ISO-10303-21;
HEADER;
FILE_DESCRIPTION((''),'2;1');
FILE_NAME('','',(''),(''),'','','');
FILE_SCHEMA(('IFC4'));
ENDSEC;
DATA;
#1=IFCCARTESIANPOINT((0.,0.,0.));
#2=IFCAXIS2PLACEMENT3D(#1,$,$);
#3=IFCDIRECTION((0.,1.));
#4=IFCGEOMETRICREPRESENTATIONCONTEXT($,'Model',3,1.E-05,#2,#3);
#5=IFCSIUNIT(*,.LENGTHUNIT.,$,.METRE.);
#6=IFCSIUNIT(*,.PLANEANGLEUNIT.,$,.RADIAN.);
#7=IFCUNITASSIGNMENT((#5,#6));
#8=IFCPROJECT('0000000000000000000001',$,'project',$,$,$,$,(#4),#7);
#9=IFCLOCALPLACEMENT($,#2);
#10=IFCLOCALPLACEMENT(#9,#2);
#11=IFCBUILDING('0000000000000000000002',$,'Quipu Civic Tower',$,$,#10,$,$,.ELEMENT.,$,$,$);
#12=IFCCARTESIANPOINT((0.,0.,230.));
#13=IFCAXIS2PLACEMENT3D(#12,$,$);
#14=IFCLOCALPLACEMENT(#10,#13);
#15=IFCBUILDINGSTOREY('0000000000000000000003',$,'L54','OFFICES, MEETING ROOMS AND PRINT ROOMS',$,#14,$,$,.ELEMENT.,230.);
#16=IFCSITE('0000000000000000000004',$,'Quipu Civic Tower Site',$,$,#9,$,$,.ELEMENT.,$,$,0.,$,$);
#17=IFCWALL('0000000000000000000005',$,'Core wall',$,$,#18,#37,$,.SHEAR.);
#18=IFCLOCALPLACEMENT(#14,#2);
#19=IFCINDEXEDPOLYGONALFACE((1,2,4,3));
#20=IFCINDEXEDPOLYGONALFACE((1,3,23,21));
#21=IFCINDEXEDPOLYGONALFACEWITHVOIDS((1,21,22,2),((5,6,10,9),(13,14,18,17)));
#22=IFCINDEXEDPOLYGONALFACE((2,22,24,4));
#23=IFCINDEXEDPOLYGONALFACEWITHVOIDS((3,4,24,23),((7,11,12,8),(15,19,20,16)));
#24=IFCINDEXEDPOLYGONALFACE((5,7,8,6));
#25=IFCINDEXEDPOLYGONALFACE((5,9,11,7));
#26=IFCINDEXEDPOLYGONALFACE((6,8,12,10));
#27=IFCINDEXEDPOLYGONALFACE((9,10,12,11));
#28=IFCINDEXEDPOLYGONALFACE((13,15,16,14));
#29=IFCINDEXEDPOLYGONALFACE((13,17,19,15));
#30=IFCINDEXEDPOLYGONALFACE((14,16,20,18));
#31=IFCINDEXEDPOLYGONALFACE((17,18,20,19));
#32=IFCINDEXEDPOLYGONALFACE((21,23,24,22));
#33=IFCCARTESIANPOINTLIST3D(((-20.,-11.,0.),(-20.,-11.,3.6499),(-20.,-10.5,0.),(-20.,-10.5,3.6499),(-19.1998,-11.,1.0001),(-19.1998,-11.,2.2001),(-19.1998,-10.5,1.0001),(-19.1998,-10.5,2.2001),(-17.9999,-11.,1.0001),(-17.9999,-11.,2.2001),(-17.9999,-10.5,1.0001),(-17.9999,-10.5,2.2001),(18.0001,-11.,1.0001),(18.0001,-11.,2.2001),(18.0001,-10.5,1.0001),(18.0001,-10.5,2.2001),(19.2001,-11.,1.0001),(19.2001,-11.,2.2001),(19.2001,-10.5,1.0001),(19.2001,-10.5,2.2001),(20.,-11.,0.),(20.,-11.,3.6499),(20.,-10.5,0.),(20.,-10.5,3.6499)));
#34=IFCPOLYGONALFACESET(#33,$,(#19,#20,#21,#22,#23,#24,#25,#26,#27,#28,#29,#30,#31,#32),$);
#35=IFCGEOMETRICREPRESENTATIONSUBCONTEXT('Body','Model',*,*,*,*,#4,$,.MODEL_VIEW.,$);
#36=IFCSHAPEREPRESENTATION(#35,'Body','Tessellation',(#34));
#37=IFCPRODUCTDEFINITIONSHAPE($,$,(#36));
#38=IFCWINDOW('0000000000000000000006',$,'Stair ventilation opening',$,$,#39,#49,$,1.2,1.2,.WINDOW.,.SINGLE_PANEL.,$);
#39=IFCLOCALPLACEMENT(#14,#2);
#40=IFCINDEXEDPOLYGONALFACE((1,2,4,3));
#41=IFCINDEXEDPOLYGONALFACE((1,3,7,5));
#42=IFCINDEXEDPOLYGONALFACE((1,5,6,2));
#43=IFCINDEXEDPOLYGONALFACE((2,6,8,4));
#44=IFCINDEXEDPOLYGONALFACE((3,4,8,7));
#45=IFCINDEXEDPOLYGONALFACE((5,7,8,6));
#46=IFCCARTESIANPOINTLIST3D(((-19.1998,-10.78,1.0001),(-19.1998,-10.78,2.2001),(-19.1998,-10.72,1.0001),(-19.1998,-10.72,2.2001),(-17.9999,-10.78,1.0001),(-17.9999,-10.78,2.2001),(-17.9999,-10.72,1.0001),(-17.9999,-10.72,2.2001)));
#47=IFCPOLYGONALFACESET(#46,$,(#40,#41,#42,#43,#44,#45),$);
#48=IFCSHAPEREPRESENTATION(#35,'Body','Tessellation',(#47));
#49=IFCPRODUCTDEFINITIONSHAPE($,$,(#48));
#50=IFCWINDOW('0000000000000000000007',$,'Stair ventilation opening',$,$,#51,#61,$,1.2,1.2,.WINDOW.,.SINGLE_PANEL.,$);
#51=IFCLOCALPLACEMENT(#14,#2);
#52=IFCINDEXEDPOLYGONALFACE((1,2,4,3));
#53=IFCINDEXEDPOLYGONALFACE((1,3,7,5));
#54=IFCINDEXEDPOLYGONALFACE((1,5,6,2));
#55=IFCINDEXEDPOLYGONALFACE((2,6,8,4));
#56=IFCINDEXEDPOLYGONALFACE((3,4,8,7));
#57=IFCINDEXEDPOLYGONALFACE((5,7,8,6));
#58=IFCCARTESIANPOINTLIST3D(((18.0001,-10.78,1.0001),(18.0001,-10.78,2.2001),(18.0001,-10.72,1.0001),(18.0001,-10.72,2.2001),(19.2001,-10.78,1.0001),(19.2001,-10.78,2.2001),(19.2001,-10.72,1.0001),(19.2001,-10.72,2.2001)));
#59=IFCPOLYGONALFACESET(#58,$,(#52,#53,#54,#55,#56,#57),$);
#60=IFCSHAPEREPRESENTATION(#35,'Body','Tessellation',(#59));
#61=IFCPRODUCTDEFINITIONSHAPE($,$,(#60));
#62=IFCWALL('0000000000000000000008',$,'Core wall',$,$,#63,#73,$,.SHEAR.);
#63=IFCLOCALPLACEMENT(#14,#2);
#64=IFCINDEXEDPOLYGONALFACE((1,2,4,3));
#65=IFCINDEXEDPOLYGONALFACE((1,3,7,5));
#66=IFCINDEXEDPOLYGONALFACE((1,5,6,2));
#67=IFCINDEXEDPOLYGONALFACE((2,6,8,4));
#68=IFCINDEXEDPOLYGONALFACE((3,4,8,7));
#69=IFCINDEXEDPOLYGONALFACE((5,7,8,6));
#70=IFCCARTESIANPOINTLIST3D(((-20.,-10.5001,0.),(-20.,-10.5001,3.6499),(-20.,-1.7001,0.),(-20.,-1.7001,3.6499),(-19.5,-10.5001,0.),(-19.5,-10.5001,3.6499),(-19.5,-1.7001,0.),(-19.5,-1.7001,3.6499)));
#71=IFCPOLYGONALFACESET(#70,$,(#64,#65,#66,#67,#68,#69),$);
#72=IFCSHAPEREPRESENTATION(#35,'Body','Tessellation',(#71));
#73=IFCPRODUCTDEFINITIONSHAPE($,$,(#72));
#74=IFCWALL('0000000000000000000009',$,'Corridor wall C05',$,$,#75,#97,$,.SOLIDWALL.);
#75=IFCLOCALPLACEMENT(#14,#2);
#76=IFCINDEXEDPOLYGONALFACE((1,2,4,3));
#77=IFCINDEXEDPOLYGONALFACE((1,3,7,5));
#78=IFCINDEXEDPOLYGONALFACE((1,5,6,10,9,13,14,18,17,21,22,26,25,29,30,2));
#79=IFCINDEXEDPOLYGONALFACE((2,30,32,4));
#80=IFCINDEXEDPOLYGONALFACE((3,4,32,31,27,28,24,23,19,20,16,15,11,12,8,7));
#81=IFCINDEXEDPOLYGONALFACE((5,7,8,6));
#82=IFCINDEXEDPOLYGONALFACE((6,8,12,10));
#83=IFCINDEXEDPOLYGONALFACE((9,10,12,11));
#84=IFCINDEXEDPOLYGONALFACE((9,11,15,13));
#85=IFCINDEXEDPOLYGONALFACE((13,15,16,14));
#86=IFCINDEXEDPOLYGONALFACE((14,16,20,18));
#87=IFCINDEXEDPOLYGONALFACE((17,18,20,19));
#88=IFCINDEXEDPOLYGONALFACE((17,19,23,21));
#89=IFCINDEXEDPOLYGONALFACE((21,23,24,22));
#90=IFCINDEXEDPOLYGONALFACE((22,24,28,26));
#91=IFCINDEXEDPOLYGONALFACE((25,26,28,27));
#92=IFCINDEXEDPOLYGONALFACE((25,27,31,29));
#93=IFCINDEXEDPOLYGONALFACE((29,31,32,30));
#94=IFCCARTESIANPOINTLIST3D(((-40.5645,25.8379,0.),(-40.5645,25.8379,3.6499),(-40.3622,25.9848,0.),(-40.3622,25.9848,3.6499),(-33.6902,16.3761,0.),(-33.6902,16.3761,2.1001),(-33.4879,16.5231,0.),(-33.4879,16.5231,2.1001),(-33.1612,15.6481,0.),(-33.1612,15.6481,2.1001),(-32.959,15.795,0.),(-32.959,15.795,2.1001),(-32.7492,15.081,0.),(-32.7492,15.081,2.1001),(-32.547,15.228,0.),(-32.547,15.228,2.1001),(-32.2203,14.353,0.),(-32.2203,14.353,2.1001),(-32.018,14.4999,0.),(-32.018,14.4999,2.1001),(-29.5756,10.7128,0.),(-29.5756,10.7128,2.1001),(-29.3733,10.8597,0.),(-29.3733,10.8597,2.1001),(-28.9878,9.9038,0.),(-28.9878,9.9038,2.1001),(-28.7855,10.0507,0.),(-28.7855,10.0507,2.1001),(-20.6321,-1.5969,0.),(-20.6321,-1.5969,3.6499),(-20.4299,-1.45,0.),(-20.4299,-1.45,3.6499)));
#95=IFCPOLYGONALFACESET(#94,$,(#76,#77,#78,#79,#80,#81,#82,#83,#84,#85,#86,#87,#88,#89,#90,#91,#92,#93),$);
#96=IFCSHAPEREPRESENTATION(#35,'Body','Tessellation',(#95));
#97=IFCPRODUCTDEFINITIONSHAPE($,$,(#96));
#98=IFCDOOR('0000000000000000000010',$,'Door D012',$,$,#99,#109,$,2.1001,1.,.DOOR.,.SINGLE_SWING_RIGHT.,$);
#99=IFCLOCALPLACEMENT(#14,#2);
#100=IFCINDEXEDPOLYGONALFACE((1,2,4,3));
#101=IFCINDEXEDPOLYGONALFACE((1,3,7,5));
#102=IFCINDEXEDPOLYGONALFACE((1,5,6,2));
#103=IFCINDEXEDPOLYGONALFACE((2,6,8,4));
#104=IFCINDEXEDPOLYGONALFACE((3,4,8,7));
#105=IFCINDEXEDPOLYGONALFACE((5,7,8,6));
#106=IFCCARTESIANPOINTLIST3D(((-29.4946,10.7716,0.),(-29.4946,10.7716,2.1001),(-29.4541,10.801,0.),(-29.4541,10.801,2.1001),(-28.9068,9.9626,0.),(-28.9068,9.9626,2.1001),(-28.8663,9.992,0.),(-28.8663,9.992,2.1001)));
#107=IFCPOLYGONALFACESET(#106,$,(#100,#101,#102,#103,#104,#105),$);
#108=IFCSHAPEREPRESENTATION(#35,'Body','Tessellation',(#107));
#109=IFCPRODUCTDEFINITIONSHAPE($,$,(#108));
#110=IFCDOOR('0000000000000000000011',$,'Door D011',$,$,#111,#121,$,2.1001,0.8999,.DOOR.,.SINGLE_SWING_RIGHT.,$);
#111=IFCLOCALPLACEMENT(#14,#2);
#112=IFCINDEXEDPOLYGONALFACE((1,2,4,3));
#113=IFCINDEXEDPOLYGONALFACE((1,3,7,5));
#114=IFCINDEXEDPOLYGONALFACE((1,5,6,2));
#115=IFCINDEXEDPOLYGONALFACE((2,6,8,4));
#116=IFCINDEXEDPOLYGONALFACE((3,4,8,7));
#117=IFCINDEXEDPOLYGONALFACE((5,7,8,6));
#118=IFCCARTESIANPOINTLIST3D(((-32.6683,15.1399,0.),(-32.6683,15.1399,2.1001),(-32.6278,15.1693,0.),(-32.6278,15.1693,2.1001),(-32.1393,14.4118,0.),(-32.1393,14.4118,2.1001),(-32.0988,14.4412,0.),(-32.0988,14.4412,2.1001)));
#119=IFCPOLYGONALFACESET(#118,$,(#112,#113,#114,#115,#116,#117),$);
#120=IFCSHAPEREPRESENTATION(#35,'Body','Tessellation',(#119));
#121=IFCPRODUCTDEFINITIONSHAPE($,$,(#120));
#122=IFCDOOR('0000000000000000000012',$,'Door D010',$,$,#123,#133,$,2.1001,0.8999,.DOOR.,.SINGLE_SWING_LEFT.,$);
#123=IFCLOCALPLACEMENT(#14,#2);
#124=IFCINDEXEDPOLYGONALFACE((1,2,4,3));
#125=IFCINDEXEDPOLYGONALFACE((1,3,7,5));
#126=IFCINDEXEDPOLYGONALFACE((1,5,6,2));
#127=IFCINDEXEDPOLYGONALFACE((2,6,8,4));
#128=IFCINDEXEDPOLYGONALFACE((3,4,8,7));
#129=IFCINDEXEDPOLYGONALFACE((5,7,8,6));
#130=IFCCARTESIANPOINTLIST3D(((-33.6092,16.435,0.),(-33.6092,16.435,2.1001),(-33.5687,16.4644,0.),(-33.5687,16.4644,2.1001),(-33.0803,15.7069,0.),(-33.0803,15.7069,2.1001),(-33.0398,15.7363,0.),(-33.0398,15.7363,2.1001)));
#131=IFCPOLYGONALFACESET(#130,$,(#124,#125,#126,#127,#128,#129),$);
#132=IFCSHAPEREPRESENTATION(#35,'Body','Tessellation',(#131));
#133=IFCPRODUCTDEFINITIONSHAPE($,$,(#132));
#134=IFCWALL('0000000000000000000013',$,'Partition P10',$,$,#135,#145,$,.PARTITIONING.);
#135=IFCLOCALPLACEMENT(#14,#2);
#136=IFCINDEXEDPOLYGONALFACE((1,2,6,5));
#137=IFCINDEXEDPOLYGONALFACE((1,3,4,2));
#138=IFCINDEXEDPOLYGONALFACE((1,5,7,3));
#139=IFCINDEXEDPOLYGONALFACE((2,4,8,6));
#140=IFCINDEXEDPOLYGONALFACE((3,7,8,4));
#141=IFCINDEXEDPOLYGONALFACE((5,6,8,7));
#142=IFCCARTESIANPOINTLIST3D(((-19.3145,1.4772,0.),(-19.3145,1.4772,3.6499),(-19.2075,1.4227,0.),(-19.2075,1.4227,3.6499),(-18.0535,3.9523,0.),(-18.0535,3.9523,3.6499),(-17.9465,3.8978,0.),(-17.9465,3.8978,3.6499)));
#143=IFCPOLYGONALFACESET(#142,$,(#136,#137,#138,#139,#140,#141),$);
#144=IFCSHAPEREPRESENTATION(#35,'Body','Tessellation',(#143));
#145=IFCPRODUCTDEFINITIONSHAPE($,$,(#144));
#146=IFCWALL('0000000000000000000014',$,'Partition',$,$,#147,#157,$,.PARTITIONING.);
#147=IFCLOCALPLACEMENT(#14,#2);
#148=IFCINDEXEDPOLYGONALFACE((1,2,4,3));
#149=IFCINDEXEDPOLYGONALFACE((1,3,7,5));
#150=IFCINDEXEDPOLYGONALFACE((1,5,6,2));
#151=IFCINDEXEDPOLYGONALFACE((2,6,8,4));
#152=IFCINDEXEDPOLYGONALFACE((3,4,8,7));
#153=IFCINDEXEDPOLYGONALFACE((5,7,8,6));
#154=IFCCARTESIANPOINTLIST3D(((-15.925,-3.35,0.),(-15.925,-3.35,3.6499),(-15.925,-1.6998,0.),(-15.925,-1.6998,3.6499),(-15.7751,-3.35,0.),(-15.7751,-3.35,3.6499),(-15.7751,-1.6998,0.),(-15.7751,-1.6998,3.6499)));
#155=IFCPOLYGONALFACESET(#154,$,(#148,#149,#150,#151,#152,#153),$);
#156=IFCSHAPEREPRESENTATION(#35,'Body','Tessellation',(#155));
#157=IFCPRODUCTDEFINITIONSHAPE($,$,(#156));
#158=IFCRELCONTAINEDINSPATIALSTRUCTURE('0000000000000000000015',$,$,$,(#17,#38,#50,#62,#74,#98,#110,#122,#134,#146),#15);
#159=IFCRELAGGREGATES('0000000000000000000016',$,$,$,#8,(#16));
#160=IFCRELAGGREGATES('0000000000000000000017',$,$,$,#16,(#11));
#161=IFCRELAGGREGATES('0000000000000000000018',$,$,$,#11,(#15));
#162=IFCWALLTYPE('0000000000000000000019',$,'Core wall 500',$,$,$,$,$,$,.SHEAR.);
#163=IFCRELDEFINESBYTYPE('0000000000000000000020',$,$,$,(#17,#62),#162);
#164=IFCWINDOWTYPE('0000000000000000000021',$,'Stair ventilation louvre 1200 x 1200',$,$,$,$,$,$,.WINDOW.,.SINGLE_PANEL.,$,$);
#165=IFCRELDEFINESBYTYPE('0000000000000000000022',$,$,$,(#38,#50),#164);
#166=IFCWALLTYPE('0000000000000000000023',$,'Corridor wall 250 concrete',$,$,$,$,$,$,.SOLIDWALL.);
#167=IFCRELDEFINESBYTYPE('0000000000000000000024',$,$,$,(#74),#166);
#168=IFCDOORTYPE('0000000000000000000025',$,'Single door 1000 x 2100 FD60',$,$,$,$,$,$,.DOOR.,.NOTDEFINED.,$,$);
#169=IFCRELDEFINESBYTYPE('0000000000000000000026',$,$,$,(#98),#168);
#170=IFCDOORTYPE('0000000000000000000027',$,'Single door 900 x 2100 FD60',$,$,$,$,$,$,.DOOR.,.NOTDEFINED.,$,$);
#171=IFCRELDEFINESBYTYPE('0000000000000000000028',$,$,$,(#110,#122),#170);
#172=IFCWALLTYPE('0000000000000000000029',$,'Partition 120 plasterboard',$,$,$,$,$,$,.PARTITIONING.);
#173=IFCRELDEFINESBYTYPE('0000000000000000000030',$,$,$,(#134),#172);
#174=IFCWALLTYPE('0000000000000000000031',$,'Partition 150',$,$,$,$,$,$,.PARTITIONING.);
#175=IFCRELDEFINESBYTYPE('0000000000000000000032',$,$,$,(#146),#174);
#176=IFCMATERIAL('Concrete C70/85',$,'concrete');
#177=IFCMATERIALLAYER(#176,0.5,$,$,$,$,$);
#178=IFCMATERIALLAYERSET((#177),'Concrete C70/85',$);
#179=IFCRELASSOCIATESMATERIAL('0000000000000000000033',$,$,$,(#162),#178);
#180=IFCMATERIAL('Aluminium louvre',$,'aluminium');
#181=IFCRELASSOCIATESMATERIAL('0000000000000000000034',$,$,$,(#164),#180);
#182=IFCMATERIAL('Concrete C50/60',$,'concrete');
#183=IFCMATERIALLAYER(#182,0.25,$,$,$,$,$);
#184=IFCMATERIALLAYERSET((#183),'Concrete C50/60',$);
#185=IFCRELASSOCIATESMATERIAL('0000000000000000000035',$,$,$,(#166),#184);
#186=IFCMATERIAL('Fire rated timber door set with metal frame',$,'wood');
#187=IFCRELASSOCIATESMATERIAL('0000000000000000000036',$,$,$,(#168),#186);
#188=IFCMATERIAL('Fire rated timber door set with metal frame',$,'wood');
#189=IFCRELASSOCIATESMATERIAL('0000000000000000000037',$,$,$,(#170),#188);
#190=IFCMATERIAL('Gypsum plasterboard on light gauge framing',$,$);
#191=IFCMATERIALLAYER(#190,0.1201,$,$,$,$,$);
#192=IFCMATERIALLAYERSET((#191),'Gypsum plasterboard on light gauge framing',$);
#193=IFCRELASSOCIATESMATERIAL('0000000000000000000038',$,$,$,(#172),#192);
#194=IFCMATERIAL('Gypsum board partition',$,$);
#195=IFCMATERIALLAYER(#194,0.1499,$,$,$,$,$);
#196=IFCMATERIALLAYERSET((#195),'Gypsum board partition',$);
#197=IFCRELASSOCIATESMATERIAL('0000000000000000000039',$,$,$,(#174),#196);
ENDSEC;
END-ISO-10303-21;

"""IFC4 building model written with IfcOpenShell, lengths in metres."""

from ifc_helpers import new_model, si_unit, direction, frame, frame_2d, origin, place, context, subcontext, project, spatial, rectangle, extrude, material, layer, layer_set, type_object, element, fill, save


model = new_model("IFC4")

# Units and contexts
model_context = context("Model", 3, precision=1e-05, world=origin(), true_north=direction((0.0, 1.0)))
body_context = subcontext(model_context, "Body", "Model", "MODEL_VIEW")
ifc_project = project(units=[si_unit("LENGTHUNIT", "METRE"), si_unit("PLANEANGLEUNIT", "RADIAN")], contexts=[model_context])

# Site, building, storey
site_placement = place(None, origin())
site = spatial("IfcSite", under=ifc_project, at=site_placement, Name="Quipu Civic Tower Site", CompositionType="ELEMENT", RefElevation=0.0)
building_placement = place(site_placement, origin())
building = spatial("IfcBuilding", under=site, at=building_placement, Name="Quipu Civic Tower", CompositionType="ELEMENT")
storey_placement = place(building_placement, frame((0.0, 0.0, 230.0)))
storey = spatial("IfcBuildingStorey", under=building, at=storey_placement, Name="L54", Description="OFFICES, MEETING ROOMS AND PRINT ROOMS", CompositionType="ELEMENT", Elevation=230.0)

# Wall, openings, windows
ifc_material_1 = material(Name="Concrete C70/85", Category="concrete")
ifc_layer_1 = layer(ifc_material_1, 0.5)
ifc_layer_set_1 = layer_set([ifc_layer_1], Name="Concrete C70/85")
wall_type_1 = type_object("IfcWallType", Name="Core wall 500", PredefinedType="SHEAR", material=ifc_layer_set_1)
wall_1_placement = place(storey_placement, frame((-20.0, -10.75, 0.0), z_axis=(0.0, 0.0, 1.0), x_axis=(1.0, 0.0, 0.0)))
wall_1 = element("IfcWall", 1, at=wall_1_placement, inside=storey, type_object=wall_type_1, Name="Core wall", PredefinedType="SHEAR", context=body_context, shape_type="SweptSolid", body=[
    extrude(rectangle(XDim=40.0, YDim=0.5, at=frame_2d((20.0, 0.0))), origin(), (0.0, 0.0, 1.0), 3.6499),
])
opening_1_placement = place(wall_1_placement, frame((0.8, 0.0, 1.0)))
opening_1 = element("IfcOpeningElement", 2, at=opening_1_placement, cuts=wall_1, PredefinedType="OPENING", context=body_context, shape_type="SweptSolid", body=[
    extrude(rectangle(XDim=1.2, YDim=1.2, at=frame_2d((0.6001, 0.6001))), frame((0.0, 0.26, 0.0), z_axis=(0.0, -1.0, 0.0), x_axis=(1.0, 0.0, 0.0)), (0.0, 0.0, 1.0), 0.52),
])
opening_2_placement = place(wall_1_placement, frame((38.0, 0.0, 1.0)))
opening_2 = element("IfcOpeningElement", 3, at=opening_2_placement, cuts=wall_1, PredefinedType="OPENING", context=body_context, shape_type="SweptSolid", body=[
    extrude(rectangle(XDim=1.2, YDim=1.2, at=frame_2d((0.6001, 0.6001))), frame((0.0, 0.26, 0.0), z_axis=(0.0, -1.0, 0.0), x_axis=(1.0, 0.0, 0.0)), (0.0, 0.0, 1.0), 0.52),
])
ifc_material_2 = material(Name="Aluminium louvre", Category="aluminium")
window_type = type_object("IfcWindowType", Name="Stair ventilation louvre 1200 x 1200", PartitioningType="SINGLE_PANEL", PredefinedType="WINDOW", material=ifc_material_2)
window_1_placement = place(opening_1_placement, origin())
window_1 = element("IfcWindow", 4, at=window_1_placement, inside=storey, type_object=window_type, Name="Stair ventilation opening", OverallHeight=1.2, OverallWidth=1.2, PartitioningType="SINGLE_PANEL", PredefinedType="WINDOW", context=body_context, shape_type="SweptSolid", body=[
    extrude(rectangle(XDim=1.2, YDim=1.2, at=frame_2d((0.6001, 0.6001))), frame((0.0, 0.03, 0.0), z_axis=(0.0, -1.0, 0.0), x_axis=(1.0, 0.0, 0.0)), (0.0, 0.0, 1.0), 0.0601),
])
fill(opening_1, window_1)
window_2_placement = place(opening_2_placement, origin())
window_2 = element("IfcWindow", 5, at=window_2_placement, inside=storey, type_object=window_type, Name="Stair ventilation opening", OverallHeight=1.2, OverallWidth=1.2, PartitioningType="SINGLE_PANEL", PredefinedType="WINDOW", context=body_context, shape_type="SweptSolid", body=[
    extrude(rectangle(XDim=1.2, YDim=1.2, at=frame_2d((0.6001, 0.6001))), frame((0.0, 0.03, 0.0), z_axis=(0.0, -1.0, 0.0), x_axis=(1.0, 0.0, 0.0)), (0.0, 0.0, 1.0), 0.0601),
])
fill(opening_2, window_2)

# Wall
wall_2_placement = place(storey_placement, frame((-19.75, -10.5, 0.0), z_axis=(0.0, 0.0, 1.0), x_axis=(0.0, 1.0, 0.0)))
element("IfcWall", 6, at=wall_2_placement, inside=storey, type_object=wall_type_1, Name="Core wall", PredefinedType="SHEAR", context=body_context, shape_type="SweptSolid", body=[
    extrude(rectangle(XDim=8.8, YDim=0.5, at=frame_2d((4.3999, 0.0))), origin(), (0.0, 0.0, 1.0), 3.6499),
])

# Wall, openings, doors
ifc_material_3 = material(Name="Concrete C50/60", Category="concrete")
ifc_layer_2 = layer(ifc_material_3, 0.25)
ifc_layer_set_2 = layer_set([ifc_layer_2], Name="Concrete C50/60")
wall_type_2 = type_object("IfcWallType", Name="Corridor wall 250 concrete", PredefinedType="SOLIDWALL", material=ifc_layer_set_2)
wall_3_placement = place(storey_placement, frame((-20.531, -1.5234, 0.0), z_axis=(0.0, 0.0, 1.0), x_axis=(-0.587782, 0.80902, 0.0)))
wall_3 = element("IfcWall", 7, at=wall_3_placement, inside=storey, type_object=wall_type_2, Name="Corridor wall C05", PredefinedType="SOLIDWALL", context=body_context, shape_type="SweptSolid", body=[
    extrude(rectangle(XDim=33.9111, YDim=0.25, at=frame_2d((16.9556, 0.0))), origin(), (0.0, 0.0, 1.0), 3.6499),
])
opening_3_placement = place(wall_3_placement, frame((14.2156, 0.0, 0.0)))
opening_3 = element("IfcOpeningElement", 8, at=opening_3_placement, cuts=wall_3, PredefinedType="OPENING", context=body_context, shape_type="SweptSolid", body=[
    extrude(rectangle(XDim=1.0, YDim=2.1001, at=frame_2d((0.5, 1.05))), frame((0.0, 0.135, 0.0), z_axis=(0.0, -1.0, 0.0), x_axis=(1.0, 0.0, 0.0)), (0.0, 0.0, 1.0), 0.27),
])
opening_4_placement = place(wall_3_placement, frame((19.7151, 0.0, 0.0)))
opening_4 = element("IfcOpeningElement", 9, at=opening_4_placement, cuts=wall_3, PredefinedType="OPENING", context=body_context, shape_type="SweptSolid", body=[
    extrude(rectangle(XDim=0.8999, YDim=2.1001, at=frame_2d((0.45, 1.05))), frame((0.0, 0.135, 0.0), z_axis=(0.0, -1.0, 0.0), x_axis=(1.0, 0.0, 0.0)), (0.0, 0.0, 1.0), 0.27),
])
opening_5_placement = place(wall_3_placement, frame((21.3159, 0.0, 0.0)))
opening_5 = element("IfcOpeningElement", 10, at=opening_5_placement, cuts=wall_3, PredefinedType="OPENING", context=body_context, shape_type="SweptSolid", body=[
    extrude(rectangle(XDim=0.8999, YDim=2.1001, at=frame_2d((0.45, 1.05))), frame((0.0, 0.135, 0.0), z_axis=(0.0, -1.0, 0.0), x_axis=(1.0, 0.0, 0.0)), (0.0, 0.0, 1.0), 0.27),
])
ifc_material_4 = material(Name="Fire rated timber door set with metal frame", Category="wood")
door_type_1 = type_object("IfcDoorType", Name="Single door 1000 x 2100 FD60", OperationType="NOTDEFINED", PredefinedType="DOOR", material=ifc_material_4)
door_1_placement = place(opening_3_placement, origin())
door_1 = element("IfcDoor", 11, at=door_1_placement, inside=storey, type_object=door_type_1, Name="Door D012", OperationType="SINGLE_SWING_RIGHT", OverallHeight=2.1001, OverallWidth=1.0, PredefinedType="DOOR", context=body_context, shape_type="SweptSolid", body=[
    extrude(rectangle(XDim=1.0, YDim=2.1001, at=frame_2d((0.5, 1.05))), frame((0.0, 0.0249, 0.0), z_axis=(0.0, -1.0, 0.0), x_axis=(1.0, 0.0, 0.0)), (0.0, 0.0, 1.0), 0.05),
])
fill(opening_3, door_1)
ifc_material_5 = material(Name="Fire rated timber door set with metal frame", Category="wood")
door_type_2 = type_object("IfcDoorType", Name="Single door 900 x 2100 FD60", OperationType="NOTDEFINED", PredefinedType="DOOR", material=ifc_material_5)
door_2_placement = place(opening_4_placement, origin())
door_2 = element("IfcDoor", 12, at=door_2_placement, inside=storey, type_object=door_type_2, Name="Door D011", OperationType="SINGLE_SWING_RIGHT", OverallHeight=2.1001, OverallWidth=0.8999, PredefinedType="DOOR", context=body_context, shape_type="SweptSolid", body=[
    extrude(rectangle(XDim=0.8999, YDim=2.1001, at=frame_2d((0.45, 1.05))), frame((0.0, 0.0249, 0.0), z_axis=(0.0, -1.0, 0.0), x_axis=(1.0, 0.0, 0.0)), (0.0, 0.0, 1.0), 0.05),
])
fill(opening_4, door_2)
door_3_placement = place(opening_5_placement, origin())
door_3 = element("IfcDoor", 13, at=door_3_placement, inside=storey, type_object=door_type_2, Name="Door D010", OperationType="SINGLE_SWING_LEFT", OverallHeight=2.1001, OverallWidth=0.8999, PredefinedType="DOOR", context=body_context, shape_type="SweptSolid", body=[
    extrude(rectangle(XDim=0.8999, YDim=2.1001, at=frame_2d((0.45, 1.05))), frame((0.0, 0.0249, 0.0), z_axis=(0.0, -1.0, 0.0), x_axis=(1.0, 0.0, 0.0)), (0.0, 0.0, 1.0), 0.05),
])
fill(opening_5, door_3)

# Walls
ifc_material_6 = material(Name="Gypsum plasterboard on light gauge framing")
ifc_layer_3 = layer(ifc_material_6, 0.1201)
ifc_layer_set_3 = layer_set([ifc_layer_3], Name="Gypsum plasterboard on light gauge framing")
wall_type_3 = type_object("IfcWallType", Name="Partition 120 plasterboard", PredefinedType="PARTITIONING", material=ifc_layer_set_3)
wall_4_placement = place(storey_placement, frame((-19.261, 1.45, 0.0), z_axis=(0.0, 0.0, 1.0), x_axis=(0.453951, 0.891027, 0.0)))
element("IfcWall", 14, at=wall_4_placement, inside=storey, type_object=wall_type_3, Name="Partition P10", PredefinedType="PARTITIONING", context=body_context, shape_type="SweptSolid", body=[
    extrude(rectangle(XDim=2.7778, YDim=0.1201, at=frame_2d((1.3889, 0.0))), origin(), (0.0, 0.0, 1.0), 3.6499),
])
ifc_material_7 = material(Name="Gypsum board partition")
ifc_layer_4 = layer(ifc_material_7, 0.1499)
ifc_layer_set_4 = layer_set([ifc_layer_4], Name="Gypsum board partition")
wall_type_4 = type_object("IfcWallType", Name="Partition 150", PredefinedType="PARTITIONING", material=ifc_layer_set_4)
wall_5_placement = place(storey_placement, frame((-15.8501, -3.3501, 0.0), z_axis=(0.0, 0.0, 1.0), x_axis=(0.0, 1.0, 0.0)))
element("IfcWall", 15, at=wall_5_placement, inside=storey, type_object=wall_type_4, Name="Partition", PredefinedType="PARTITIONING", context=body_context, shape_type="SweptSolid", body=[
    extrude(rectangle(XDim=1.6501, YDim=0.1499, at=frame_2d((0.8252, 0.0))), origin(), (0.0, 0.0, 1.0), 3.6499),
])

save(model, "model.ifc")
